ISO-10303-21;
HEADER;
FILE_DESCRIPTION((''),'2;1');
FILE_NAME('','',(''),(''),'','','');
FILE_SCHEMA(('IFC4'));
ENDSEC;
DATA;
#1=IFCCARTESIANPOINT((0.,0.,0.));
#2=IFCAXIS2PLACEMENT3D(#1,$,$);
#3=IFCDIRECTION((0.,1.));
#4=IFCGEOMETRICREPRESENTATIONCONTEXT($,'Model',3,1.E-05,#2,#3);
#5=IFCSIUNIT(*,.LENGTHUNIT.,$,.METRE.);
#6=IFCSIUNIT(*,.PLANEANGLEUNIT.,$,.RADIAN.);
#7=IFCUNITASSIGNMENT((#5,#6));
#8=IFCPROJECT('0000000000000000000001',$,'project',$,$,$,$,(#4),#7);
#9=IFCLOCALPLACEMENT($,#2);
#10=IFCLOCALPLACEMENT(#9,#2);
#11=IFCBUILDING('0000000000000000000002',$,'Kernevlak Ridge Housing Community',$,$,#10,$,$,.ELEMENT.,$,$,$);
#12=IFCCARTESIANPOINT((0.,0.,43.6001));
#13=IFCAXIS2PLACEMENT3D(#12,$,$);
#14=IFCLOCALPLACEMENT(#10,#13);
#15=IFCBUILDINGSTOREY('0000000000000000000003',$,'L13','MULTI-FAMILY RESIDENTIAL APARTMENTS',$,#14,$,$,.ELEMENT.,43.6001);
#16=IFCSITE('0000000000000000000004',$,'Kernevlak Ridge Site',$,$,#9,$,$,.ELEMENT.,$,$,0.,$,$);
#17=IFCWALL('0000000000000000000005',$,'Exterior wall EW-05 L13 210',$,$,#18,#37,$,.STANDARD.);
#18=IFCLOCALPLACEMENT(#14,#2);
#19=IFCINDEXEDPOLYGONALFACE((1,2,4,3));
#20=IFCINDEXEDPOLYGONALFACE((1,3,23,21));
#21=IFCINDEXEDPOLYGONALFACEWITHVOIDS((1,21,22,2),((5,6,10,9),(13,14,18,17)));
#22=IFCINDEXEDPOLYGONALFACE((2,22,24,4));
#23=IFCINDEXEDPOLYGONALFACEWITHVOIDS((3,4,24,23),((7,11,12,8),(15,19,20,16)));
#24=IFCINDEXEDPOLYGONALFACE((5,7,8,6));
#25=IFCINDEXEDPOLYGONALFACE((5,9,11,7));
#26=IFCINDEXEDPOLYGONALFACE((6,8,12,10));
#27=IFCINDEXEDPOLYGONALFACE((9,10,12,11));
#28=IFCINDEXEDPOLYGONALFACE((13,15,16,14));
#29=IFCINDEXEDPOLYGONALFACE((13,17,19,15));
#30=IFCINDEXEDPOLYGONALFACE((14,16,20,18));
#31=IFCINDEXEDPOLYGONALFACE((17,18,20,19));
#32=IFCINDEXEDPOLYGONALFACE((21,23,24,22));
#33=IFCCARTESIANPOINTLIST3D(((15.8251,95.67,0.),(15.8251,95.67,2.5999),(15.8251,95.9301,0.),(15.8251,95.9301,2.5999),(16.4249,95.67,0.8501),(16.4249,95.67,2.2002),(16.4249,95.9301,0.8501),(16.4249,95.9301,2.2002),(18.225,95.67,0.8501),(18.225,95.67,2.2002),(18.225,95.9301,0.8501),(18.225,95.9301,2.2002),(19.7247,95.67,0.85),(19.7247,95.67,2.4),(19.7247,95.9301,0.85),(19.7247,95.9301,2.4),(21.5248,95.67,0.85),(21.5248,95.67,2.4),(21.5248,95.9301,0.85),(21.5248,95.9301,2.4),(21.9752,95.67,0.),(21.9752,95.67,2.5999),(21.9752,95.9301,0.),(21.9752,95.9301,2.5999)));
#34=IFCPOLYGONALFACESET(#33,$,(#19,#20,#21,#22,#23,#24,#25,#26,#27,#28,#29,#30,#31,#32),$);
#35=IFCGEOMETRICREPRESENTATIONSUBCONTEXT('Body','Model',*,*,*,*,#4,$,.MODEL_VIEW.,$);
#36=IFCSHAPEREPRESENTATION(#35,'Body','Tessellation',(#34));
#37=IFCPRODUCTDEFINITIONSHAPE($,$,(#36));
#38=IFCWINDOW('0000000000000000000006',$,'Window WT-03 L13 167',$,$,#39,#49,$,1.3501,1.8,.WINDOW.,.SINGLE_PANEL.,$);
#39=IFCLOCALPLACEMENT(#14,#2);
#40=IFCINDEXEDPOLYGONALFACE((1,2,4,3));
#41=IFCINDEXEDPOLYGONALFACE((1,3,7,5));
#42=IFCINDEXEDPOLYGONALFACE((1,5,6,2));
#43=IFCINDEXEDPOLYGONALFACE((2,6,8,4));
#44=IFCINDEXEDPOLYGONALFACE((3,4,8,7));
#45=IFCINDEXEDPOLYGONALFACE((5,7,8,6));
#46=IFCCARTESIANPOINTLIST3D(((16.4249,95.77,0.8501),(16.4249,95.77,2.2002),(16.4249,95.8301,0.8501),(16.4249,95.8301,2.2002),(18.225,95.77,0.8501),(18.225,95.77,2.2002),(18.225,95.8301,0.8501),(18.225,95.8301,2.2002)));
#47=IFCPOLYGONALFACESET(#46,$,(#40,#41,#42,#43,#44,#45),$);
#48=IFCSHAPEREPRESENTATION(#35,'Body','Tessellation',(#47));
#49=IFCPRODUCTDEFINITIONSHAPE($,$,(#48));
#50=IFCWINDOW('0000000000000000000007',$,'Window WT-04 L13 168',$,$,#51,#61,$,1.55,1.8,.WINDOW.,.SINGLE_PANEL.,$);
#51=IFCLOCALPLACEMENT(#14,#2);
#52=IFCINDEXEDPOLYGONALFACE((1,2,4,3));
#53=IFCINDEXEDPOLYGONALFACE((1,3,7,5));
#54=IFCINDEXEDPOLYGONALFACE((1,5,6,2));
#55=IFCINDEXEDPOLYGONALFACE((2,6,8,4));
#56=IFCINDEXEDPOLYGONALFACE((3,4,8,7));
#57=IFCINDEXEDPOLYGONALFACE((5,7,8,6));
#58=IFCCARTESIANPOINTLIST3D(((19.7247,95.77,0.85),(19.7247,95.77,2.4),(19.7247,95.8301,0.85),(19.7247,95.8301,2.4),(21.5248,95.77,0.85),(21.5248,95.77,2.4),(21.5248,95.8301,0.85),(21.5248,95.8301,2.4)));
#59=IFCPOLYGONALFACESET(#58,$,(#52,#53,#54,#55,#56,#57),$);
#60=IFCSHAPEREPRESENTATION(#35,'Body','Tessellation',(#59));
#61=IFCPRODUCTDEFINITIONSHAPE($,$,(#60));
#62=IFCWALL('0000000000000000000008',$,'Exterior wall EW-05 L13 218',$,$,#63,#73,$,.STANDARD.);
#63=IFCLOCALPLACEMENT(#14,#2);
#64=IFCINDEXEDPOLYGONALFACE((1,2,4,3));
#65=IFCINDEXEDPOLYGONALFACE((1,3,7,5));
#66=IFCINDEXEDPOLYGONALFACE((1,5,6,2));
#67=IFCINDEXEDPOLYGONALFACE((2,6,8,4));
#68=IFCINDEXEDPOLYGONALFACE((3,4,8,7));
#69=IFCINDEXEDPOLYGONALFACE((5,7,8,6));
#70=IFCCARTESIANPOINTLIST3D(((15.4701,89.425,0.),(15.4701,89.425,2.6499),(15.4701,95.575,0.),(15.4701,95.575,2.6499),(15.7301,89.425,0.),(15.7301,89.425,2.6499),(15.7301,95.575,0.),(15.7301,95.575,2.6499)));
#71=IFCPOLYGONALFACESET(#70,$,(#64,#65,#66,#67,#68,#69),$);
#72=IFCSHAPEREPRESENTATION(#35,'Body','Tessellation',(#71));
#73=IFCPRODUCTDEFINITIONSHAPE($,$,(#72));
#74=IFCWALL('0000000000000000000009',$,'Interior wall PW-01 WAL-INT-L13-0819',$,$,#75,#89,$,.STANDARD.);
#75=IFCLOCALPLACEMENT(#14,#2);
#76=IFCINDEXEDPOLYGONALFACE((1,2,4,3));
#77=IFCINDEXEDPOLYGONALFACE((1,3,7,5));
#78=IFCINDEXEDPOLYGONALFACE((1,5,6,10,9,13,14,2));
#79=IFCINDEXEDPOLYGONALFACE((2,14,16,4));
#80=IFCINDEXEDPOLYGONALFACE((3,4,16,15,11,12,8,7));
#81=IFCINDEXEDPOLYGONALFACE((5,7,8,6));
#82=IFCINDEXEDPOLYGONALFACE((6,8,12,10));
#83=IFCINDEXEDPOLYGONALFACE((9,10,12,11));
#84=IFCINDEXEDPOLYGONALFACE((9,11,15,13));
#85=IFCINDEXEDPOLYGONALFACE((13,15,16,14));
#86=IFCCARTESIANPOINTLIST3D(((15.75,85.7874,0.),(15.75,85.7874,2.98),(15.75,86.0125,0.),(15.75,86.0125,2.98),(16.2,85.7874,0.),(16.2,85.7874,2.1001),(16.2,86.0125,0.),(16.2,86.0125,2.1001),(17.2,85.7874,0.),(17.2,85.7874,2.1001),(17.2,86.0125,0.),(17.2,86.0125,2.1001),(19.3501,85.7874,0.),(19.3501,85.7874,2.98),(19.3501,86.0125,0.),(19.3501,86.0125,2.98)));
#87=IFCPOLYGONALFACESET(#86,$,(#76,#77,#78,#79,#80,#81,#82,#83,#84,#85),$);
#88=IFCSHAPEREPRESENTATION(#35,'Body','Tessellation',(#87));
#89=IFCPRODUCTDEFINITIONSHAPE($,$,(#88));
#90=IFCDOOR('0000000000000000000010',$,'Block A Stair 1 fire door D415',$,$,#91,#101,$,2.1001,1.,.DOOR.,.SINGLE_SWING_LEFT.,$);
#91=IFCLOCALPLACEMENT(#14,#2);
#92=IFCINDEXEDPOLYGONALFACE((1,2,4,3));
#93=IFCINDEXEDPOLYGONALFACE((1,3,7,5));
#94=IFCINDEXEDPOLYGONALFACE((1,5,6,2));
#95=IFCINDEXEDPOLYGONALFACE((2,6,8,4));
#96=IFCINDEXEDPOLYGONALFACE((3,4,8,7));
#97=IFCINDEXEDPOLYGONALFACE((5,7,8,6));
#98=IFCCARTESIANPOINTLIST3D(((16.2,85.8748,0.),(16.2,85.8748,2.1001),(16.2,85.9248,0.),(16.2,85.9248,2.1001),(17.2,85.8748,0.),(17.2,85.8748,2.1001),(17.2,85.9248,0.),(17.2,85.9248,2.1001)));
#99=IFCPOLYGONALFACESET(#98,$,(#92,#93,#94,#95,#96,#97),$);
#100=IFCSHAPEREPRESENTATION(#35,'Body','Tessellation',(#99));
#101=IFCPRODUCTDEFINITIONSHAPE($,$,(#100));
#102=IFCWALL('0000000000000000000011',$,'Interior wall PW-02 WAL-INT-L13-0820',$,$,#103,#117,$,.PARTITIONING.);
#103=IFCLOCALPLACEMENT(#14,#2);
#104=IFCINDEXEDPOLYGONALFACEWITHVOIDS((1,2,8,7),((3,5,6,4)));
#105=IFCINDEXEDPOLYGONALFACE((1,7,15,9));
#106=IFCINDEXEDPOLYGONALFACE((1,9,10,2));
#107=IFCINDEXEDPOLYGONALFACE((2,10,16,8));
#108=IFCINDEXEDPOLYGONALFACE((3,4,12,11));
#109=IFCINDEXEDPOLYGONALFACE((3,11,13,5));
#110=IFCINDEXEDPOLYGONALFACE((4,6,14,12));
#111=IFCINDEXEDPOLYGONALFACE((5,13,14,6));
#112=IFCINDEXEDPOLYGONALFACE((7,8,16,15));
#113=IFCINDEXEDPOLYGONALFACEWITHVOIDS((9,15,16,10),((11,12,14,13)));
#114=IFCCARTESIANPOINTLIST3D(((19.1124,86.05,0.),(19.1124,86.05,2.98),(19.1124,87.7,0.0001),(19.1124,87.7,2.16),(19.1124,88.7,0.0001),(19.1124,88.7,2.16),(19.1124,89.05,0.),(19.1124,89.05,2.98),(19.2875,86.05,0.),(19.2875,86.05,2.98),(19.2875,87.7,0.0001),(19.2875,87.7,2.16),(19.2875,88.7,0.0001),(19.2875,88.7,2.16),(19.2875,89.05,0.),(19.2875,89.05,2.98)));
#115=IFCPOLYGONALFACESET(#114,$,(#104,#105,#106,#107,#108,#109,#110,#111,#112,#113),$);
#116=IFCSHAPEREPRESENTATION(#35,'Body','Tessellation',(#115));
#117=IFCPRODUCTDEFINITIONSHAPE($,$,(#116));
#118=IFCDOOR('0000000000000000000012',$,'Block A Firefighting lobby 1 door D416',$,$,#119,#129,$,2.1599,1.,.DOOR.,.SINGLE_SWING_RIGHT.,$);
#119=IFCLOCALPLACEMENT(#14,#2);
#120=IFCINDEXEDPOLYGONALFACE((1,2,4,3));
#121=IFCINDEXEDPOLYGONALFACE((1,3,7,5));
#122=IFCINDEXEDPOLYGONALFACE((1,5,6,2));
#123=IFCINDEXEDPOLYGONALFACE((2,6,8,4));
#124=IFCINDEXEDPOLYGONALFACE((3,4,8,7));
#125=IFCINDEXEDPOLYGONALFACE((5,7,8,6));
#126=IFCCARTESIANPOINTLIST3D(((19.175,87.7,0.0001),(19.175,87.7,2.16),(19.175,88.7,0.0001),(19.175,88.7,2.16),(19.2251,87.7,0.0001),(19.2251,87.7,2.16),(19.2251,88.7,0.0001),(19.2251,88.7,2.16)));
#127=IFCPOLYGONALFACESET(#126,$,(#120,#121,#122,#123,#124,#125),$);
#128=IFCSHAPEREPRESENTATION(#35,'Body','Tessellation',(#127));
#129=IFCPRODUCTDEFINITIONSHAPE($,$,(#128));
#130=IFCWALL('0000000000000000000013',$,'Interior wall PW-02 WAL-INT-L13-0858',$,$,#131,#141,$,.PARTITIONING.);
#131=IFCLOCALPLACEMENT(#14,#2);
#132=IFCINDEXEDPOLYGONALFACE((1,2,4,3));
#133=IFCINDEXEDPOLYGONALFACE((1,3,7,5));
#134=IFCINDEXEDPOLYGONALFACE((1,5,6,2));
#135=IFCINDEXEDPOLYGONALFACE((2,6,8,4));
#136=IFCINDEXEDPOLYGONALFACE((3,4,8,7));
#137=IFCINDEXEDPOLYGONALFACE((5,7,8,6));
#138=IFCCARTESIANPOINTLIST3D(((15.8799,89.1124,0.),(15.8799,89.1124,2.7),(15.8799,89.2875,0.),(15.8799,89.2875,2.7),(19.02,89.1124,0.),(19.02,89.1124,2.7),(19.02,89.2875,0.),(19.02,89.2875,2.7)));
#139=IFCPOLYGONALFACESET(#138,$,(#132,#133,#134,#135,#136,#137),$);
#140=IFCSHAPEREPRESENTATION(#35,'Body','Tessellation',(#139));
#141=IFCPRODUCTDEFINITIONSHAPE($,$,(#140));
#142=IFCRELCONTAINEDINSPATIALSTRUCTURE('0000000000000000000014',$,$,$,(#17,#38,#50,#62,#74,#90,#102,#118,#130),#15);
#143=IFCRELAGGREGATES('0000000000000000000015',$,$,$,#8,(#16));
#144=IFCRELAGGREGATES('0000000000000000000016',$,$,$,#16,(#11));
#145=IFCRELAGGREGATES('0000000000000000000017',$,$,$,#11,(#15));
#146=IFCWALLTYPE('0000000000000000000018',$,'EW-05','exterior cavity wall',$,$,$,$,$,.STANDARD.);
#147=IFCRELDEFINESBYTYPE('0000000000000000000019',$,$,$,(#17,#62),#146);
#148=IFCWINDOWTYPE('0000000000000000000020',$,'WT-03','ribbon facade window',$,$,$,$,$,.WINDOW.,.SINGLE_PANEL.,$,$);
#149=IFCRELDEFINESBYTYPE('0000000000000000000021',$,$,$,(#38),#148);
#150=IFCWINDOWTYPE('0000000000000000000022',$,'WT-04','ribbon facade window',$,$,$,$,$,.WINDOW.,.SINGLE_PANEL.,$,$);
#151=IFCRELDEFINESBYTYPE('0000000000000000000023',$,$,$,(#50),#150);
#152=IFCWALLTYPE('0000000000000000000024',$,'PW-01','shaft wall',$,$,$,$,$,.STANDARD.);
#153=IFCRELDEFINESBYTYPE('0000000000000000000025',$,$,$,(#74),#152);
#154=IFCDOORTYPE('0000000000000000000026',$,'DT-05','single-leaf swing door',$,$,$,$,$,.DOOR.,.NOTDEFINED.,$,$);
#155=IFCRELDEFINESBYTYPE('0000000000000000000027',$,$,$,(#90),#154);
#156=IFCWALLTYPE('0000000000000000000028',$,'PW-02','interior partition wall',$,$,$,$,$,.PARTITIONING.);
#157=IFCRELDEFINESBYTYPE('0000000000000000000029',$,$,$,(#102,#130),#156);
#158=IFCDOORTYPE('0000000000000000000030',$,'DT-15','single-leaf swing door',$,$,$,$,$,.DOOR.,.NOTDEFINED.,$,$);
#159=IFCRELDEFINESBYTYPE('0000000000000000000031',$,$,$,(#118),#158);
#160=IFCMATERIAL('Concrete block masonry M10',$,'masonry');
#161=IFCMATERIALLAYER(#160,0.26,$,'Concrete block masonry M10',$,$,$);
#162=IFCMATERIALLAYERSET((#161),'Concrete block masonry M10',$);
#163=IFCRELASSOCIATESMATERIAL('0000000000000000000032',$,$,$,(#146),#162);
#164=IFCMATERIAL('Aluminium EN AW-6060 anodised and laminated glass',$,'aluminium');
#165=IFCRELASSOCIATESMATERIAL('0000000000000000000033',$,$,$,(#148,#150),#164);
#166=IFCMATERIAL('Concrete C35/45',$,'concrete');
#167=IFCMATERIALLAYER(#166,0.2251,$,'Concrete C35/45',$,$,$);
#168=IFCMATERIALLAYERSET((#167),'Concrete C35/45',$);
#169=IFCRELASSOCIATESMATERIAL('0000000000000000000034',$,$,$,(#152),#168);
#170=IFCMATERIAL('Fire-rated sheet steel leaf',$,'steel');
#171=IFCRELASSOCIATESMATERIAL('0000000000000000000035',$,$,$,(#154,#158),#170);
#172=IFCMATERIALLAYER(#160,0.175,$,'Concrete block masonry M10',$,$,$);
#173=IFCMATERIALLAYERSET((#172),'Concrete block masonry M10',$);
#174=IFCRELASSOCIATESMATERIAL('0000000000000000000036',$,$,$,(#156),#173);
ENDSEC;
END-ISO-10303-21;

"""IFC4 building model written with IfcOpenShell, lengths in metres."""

from ifc_helpers import new_model, si_unit, direction, frame, frame_2d, origin, place, context, subcontext, project, spatial, rectangle, extrude, material, layer, layer_set, type_object, element, fill, save


model = new_model("IFC4")

# Units and contexts
model_context = context("Model", 3, precision=1e-05, world=origin(), true_north=direction((0.0, 1.0)))
body_context = subcontext(model_context, "Body", "Model", "MODEL_VIEW")
ifc_project = project(units=[si_unit("LENGTHUNIT", "METRE"), si_unit("PLANEANGLEUNIT", "RADIAN")], contexts=[model_context])

# Site, building, storey
site_placement = place(None, origin())
site = spatial("IfcSite", under=ifc_project, at=site_placement, Name="Kernevlak Ridge Site", CompositionType="ELEMENT", RefElevation=0.0)
building_placement = place(site_placement, origin())
building = spatial("IfcBuilding", under=site, at=building_placement, Name="Kernevlak Ridge Housing Community", CompositionType="ELEMENT")
storey_placement = place(building_placement, frame((0.0, 0.0, 43.6001)))
storey = spatial("IfcBuildingStorey", under=building, at=storey_placement, Name="L13", Description="MULTI-FAMILY RESIDENTIAL APARTMENTS", CompositionType="ELEMENT", Elevation=43.6001)

# Shared definitions
ifc_material_1 = material(Name="Concrete C35/45", Category="concrete")

# Shared definitions
ifc_material_2 = material(Name="Aluminium EN AW-6060 anodised and laminated glass", Category="aluminium")

# Wall, openings, windows
ifc_material_3 = material(Name="Concrete block masonry M10", Category="masonry")
ifc_layer_1 = layer(ifc_material_3, 0.26, Name="Concrete block masonry M10")
ifc_layer_set_1 = layer_set([ifc_layer_1], Name="Concrete block masonry M10")
wall_type_1 = type_object("IfcWallType", Name="EW-05", Description="exterior cavity wall", PredefinedType="STANDARD", material=ifc_layer_set_1)
wall_1_placement = place(storey_placement, frame((15.825, 95.8, 0.0), z_axis=(0.0, 0.0, 1.0), x_axis=(1.0, 0.0, 0.0)))
wall_1 = element("IfcWall", 1, at=wall_1_placement, inside=storey, type_object=wall_type_1, Name="Exterior wall EW-05 L13 210", PredefinedType="STANDARD", context=body_context, shape_type="SweptSolid", body=[
    extrude(rectangle(XDim=6.1501, YDim=0.26, at=frame_2d((3.0752, 0.0))), origin(), (0.0, 0.0, 1.0), 2.5999),
])
opening_1_placement = place(wall_1_placement, frame((0.6001, 0.0, 0.8501)))
opening_1 = element("IfcOpeningElement", 2, at=opening_1_placement, cuts=wall_1, PredefinedType="OPENING", context=body_context, shape_type="SweptSolid", body=[
    extrude(rectangle(XDim=1.8, YDim=1.3501, at=frame_2d((0.8999, 0.675))), frame((0.0, 0.1399, 0.0), z_axis=(0.0, -1.0, 0.0), x_axis=(1.0, 0.0, 0.0)), (0.0, 0.0, 1.0), 0.28),
])
opening_2_placement = place(wall_1_placement, frame((3.8999, 0.0, 0.8501)))
opening_2 = element("IfcOpeningElement", 3, at=opening_2_placement, cuts=wall_1, PredefinedType="OPENING", context=body_context, shape_type="SweptSolid", body=[
    extrude(rectangle(XDim=1.8, YDim=1.55, at=frame_2d((0.8999, 0.7749))), frame((0.0, 0.1399, 0.0), z_axis=(0.0, -1.0, 0.0), x_axis=(1.0, 0.0, 0.0)), (0.0, 0.0, 1.0), 0.28),
])
window_type_1 = type_object("IfcWindowType", Name="WT-03", Description="ribbon facade window", PartitioningType="SINGLE_PANEL", PredefinedType="WINDOW", material=ifc_material_2)
window_1_placement = place(opening_1_placement, origin())
window_1 = element("IfcWindow", 4, at=window_1_placement, inside=storey, type_object=window_type_1, Name="Window WT-03 L13 167", OverallHeight=1.3501, OverallWidth=1.8, PartitioningType="SINGLE_PANEL", PredefinedType="WINDOW", context=body_context, shape_type="SweptSolid", body=[
    extrude(rectangle(XDim=1.8, YDim=1.3501, at=frame_2d((0.8999, 0.675))), frame((0.0, 0.03, 0.0), z_axis=(0.0, -1.0, 0.0), x_axis=(1.0, 0.0, 0.0)), (0.0, 0.0, 1.0), 0.0601),
])
fill(opening_1, window_1)
window_type_2 = type_object("IfcWindowType", Name="WT-04", Description="ribbon facade window", PartitioningType="SINGLE_PANEL", PredefinedType="WINDOW", material=ifc_material_2)
window_2_placement = place(opening_2_placement, origin())
window_2 = element("IfcWindow", 5, at=window_2_placement, inside=storey, type_object=window_type_2, Name="Window WT-04 L13 168", OverallHeight=1.55, OverallWidth=1.8, PartitioningType="SINGLE_PANEL", PredefinedType="WINDOW", context=body_context, shape_type="SweptSolid", body=[
    extrude(rectangle(XDim=1.8, YDim=1.55, at=frame_2d((0.8999, 0.7749))), frame((0.0, 0.03, 0.0), z_axis=(0.0, -1.0, 0.0), x_axis=(1.0, 0.0, 0.0)), (0.0, 0.0, 1.0), 0.0601),
])
fill(opening_2, window_2)

# Wall
wall_2_placement = place(storey_placement, frame((15.6001, 89.425, 0.0), z_axis=(0.0, 0.0, 1.0), x_axis=(0.0, 1.0, 0.0)))
element("IfcWall", 6, at=wall_2_placement, inside=storey, type_object=wall_type_1, Name="Exterior wall EW-05 L13 218", PredefinedType="STANDARD", context=body_context, shape_type="SweptSolid", body=[
    extrude(rectangle(XDim=6.1499, YDim=0.26, at=frame_2d((3.075, 0.0))), origin(), (0.0, 0.0, 1.0), 2.6499),
])

# Walls, openings, doors
ifc_layer_2 = layer(ifc_material_1, 0.2251, Name="Concrete C35/45")
ifc_layer_set_2 = layer_set([ifc_layer_2], Name="Concrete C35/45")
wall_type_2 = type_object("IfcWallType", Name="PW-01", Description="shaft wall", PredefinedType="STANDARD", material=ifc_layer_set_2)
wall_3_placement = place(storey_placement, frame((15.75, 85.8999, 0.0), z_axis=(0.0, 0.0, 1.0), x_axis=(1.0, 0.0, 0.0)))
wall_3 = element("IfcWall", 7, at=wall_3_placement, inside=storey, type_object=wall_type_2, Name="Interior wall PW-01 WAL-INT-L13-0819", PredefinedType="STANDARD", context=body_context, shape_type="SweptSolid", body=[
    extrude(rectangle(XDim=3.6001, YDim=0.2251, at=frame_2d((1.8, 0.0))), origin(), (0.0, 0.0, 1.0), 2.98),
])
opening_3_placement = place(wall_3_placement, frame((0.45, 0.0, 0.0)))
opening_3 = element("IfcOpeningElement", 8, at=opening_3_placement, cuts=wall_3, PredefinedType="OPENING", context=body_context, shape_type="SweptSolid", body=[
    extrude(rectangle(XDim=1.0, YDim=2.1001, at=frame_2d((0.5, 1.05))), frame((0.0, 0.1226, 0.0), z_axis=(0.0, -1.0, 0.0), x_axis=(1.0, 0.0, 0.0)), (0.0, 0.0, 1.0), 0.2451),
])
ifc_material_4 = material(Name="Fire-rated sheet steel leaf", Category="steel")
door_type_1 = type_object("IfcDoorType", Name="DT-05", Description="single-leaf swing door", OperationType="NOTDEFINED", PredefinedType="DOOR", material=ifc_material_4)
door_1_placement = place(opening_3_placement, origin())
door_1 = element("IfcDoor", 9, at=door_1_placement, inside=storey, type_object=door_type_1, Name="Block A Stair 1 fire door D415", OperationType="SINGLE_SWING_LEFT", OverallHeight=2.1001, OverallWidth=1.0, PredefinedType="DOOR", context=body_context, shape_type="SweptSolid", body=[
    extrude(rectangle(XDim=1.0, YDim=2.1001, at=frame_2d((0.5, 1.05))), frame((0.0, 0.0249, 0.0), z_axis=(0.0, -1.0, 0.0), x_axis=(1.0, 0.0, 0.0)), (0.0, 0.0, 1.0), 0.05),
])
fill(opening_3, door_1)
ifc_layer_3 = layer(ifc_material_3, 0.175, Name="Concrete block masonry M10")
ifc_layer_set_3 = layer_set([ifc_layer_3], Name="Concrete block masonry M10")
wall_type_3 = type_object("IfcWallType", Name="PW-02", Description="interior partition wall", PredefinedType="PARTITIONING", material=ifc_layer_set_3)
wall_4_placement = place(storey_placement, frame((19.2, 86.05, 0.0), z_axis=(0.0, 0.0, 1.0), x_axis=(0.0, 1.0, 0.0)))
wall_4 = element("IfcWall", 10, at=wall_4_placement, inside=storey, type_object=wall_type_3, Name="Interior wall PW-02 WAL-INT-L13-0820", PredefinedType="PARTITIONING", context=body_context, shape_type="SweptSolid", body=[
    extrude(rectangle(XDim=3.0, YDim=0.175, at=frame_2d((1.5, 0.0))), origin(), (0.0, 0.0, 1.0), 2.98),
])
opening_4_placement = place(wall_4_placement, frame((1.6499, 0.0, 0.0)))
opening_4 = element("IfcOpeningElement", 11, at=opening_4_placement, cuts=wall_4, PredefinedType="OPENING", context=body_context, shape_type="SweptSolid", body=[
    extrude(rectangle(XDim=1.0, YDim=2.1599, at=frame_2d((0.5, 1.0801))), frame((0.0, 0.0974, 0.0), z_axis=(0.0, -1.0, 0.0), x_axis=(1.0, 0.0, 0.0)), (0.0, 0.0, 1.0), 0.1951),
])
door_type_2 = type_object("IfcDoorType", Name="DT-15", Description="single-leaf swing door", OperationType="NOTDEFINED", PredefinedType="DOOR", material=ifc_material_4)
door_2_placement = place(opening_4_placement, origin())
door_2 = element("IfcDoor", 12, at=door_2_placement, inside=storey, type_object=door_type_2, Name="Block A Firefighting lobby 1 door D416", OperationType="SINGLE_SWING_RIGHT", OverallHeight=2.1599, OverallWidth=1.0, PredefinedType="DOOR", context=body_context, shape_type="SweptSolid", body=[
    extrude(rectangle(XDim=1.0, YDim=2.1599, at=frame_2d((0.5, 1.0801))), frame((0.0, 0.0249, 0.0), z_axis=(0.0, -1.0, 0.0), x_axis=(1.0, 0.0, 0.0)), (0.0, 0.0, 1.0), 0.05),
])
fill(opening_4, door_2)

# Wall
wall_5_placement = place(storey_placement, frame((15.8799, 89.2, 0.0), z_axis=(0.0, 0.0, 1.0), x_axis=(1.0, 0.0, 0.0)))
element("IfcWall", 13, at=wall_5_placement, inside=storey, type_object=wall_type_3, Name="Interior wall PW-02 WAL-INT-L13-0858", PredefinedType="PARTITIONING", context=body_context, shape_type="SweptSolid", body=[
    extrude(rectangle(XDim=3.1401, YDim=0.175, at=frame_2d((1.5701, 0.0))), origin(), (0.0, 0.0, 1.0), 2.7),
])

save(model, "model.ifc")
